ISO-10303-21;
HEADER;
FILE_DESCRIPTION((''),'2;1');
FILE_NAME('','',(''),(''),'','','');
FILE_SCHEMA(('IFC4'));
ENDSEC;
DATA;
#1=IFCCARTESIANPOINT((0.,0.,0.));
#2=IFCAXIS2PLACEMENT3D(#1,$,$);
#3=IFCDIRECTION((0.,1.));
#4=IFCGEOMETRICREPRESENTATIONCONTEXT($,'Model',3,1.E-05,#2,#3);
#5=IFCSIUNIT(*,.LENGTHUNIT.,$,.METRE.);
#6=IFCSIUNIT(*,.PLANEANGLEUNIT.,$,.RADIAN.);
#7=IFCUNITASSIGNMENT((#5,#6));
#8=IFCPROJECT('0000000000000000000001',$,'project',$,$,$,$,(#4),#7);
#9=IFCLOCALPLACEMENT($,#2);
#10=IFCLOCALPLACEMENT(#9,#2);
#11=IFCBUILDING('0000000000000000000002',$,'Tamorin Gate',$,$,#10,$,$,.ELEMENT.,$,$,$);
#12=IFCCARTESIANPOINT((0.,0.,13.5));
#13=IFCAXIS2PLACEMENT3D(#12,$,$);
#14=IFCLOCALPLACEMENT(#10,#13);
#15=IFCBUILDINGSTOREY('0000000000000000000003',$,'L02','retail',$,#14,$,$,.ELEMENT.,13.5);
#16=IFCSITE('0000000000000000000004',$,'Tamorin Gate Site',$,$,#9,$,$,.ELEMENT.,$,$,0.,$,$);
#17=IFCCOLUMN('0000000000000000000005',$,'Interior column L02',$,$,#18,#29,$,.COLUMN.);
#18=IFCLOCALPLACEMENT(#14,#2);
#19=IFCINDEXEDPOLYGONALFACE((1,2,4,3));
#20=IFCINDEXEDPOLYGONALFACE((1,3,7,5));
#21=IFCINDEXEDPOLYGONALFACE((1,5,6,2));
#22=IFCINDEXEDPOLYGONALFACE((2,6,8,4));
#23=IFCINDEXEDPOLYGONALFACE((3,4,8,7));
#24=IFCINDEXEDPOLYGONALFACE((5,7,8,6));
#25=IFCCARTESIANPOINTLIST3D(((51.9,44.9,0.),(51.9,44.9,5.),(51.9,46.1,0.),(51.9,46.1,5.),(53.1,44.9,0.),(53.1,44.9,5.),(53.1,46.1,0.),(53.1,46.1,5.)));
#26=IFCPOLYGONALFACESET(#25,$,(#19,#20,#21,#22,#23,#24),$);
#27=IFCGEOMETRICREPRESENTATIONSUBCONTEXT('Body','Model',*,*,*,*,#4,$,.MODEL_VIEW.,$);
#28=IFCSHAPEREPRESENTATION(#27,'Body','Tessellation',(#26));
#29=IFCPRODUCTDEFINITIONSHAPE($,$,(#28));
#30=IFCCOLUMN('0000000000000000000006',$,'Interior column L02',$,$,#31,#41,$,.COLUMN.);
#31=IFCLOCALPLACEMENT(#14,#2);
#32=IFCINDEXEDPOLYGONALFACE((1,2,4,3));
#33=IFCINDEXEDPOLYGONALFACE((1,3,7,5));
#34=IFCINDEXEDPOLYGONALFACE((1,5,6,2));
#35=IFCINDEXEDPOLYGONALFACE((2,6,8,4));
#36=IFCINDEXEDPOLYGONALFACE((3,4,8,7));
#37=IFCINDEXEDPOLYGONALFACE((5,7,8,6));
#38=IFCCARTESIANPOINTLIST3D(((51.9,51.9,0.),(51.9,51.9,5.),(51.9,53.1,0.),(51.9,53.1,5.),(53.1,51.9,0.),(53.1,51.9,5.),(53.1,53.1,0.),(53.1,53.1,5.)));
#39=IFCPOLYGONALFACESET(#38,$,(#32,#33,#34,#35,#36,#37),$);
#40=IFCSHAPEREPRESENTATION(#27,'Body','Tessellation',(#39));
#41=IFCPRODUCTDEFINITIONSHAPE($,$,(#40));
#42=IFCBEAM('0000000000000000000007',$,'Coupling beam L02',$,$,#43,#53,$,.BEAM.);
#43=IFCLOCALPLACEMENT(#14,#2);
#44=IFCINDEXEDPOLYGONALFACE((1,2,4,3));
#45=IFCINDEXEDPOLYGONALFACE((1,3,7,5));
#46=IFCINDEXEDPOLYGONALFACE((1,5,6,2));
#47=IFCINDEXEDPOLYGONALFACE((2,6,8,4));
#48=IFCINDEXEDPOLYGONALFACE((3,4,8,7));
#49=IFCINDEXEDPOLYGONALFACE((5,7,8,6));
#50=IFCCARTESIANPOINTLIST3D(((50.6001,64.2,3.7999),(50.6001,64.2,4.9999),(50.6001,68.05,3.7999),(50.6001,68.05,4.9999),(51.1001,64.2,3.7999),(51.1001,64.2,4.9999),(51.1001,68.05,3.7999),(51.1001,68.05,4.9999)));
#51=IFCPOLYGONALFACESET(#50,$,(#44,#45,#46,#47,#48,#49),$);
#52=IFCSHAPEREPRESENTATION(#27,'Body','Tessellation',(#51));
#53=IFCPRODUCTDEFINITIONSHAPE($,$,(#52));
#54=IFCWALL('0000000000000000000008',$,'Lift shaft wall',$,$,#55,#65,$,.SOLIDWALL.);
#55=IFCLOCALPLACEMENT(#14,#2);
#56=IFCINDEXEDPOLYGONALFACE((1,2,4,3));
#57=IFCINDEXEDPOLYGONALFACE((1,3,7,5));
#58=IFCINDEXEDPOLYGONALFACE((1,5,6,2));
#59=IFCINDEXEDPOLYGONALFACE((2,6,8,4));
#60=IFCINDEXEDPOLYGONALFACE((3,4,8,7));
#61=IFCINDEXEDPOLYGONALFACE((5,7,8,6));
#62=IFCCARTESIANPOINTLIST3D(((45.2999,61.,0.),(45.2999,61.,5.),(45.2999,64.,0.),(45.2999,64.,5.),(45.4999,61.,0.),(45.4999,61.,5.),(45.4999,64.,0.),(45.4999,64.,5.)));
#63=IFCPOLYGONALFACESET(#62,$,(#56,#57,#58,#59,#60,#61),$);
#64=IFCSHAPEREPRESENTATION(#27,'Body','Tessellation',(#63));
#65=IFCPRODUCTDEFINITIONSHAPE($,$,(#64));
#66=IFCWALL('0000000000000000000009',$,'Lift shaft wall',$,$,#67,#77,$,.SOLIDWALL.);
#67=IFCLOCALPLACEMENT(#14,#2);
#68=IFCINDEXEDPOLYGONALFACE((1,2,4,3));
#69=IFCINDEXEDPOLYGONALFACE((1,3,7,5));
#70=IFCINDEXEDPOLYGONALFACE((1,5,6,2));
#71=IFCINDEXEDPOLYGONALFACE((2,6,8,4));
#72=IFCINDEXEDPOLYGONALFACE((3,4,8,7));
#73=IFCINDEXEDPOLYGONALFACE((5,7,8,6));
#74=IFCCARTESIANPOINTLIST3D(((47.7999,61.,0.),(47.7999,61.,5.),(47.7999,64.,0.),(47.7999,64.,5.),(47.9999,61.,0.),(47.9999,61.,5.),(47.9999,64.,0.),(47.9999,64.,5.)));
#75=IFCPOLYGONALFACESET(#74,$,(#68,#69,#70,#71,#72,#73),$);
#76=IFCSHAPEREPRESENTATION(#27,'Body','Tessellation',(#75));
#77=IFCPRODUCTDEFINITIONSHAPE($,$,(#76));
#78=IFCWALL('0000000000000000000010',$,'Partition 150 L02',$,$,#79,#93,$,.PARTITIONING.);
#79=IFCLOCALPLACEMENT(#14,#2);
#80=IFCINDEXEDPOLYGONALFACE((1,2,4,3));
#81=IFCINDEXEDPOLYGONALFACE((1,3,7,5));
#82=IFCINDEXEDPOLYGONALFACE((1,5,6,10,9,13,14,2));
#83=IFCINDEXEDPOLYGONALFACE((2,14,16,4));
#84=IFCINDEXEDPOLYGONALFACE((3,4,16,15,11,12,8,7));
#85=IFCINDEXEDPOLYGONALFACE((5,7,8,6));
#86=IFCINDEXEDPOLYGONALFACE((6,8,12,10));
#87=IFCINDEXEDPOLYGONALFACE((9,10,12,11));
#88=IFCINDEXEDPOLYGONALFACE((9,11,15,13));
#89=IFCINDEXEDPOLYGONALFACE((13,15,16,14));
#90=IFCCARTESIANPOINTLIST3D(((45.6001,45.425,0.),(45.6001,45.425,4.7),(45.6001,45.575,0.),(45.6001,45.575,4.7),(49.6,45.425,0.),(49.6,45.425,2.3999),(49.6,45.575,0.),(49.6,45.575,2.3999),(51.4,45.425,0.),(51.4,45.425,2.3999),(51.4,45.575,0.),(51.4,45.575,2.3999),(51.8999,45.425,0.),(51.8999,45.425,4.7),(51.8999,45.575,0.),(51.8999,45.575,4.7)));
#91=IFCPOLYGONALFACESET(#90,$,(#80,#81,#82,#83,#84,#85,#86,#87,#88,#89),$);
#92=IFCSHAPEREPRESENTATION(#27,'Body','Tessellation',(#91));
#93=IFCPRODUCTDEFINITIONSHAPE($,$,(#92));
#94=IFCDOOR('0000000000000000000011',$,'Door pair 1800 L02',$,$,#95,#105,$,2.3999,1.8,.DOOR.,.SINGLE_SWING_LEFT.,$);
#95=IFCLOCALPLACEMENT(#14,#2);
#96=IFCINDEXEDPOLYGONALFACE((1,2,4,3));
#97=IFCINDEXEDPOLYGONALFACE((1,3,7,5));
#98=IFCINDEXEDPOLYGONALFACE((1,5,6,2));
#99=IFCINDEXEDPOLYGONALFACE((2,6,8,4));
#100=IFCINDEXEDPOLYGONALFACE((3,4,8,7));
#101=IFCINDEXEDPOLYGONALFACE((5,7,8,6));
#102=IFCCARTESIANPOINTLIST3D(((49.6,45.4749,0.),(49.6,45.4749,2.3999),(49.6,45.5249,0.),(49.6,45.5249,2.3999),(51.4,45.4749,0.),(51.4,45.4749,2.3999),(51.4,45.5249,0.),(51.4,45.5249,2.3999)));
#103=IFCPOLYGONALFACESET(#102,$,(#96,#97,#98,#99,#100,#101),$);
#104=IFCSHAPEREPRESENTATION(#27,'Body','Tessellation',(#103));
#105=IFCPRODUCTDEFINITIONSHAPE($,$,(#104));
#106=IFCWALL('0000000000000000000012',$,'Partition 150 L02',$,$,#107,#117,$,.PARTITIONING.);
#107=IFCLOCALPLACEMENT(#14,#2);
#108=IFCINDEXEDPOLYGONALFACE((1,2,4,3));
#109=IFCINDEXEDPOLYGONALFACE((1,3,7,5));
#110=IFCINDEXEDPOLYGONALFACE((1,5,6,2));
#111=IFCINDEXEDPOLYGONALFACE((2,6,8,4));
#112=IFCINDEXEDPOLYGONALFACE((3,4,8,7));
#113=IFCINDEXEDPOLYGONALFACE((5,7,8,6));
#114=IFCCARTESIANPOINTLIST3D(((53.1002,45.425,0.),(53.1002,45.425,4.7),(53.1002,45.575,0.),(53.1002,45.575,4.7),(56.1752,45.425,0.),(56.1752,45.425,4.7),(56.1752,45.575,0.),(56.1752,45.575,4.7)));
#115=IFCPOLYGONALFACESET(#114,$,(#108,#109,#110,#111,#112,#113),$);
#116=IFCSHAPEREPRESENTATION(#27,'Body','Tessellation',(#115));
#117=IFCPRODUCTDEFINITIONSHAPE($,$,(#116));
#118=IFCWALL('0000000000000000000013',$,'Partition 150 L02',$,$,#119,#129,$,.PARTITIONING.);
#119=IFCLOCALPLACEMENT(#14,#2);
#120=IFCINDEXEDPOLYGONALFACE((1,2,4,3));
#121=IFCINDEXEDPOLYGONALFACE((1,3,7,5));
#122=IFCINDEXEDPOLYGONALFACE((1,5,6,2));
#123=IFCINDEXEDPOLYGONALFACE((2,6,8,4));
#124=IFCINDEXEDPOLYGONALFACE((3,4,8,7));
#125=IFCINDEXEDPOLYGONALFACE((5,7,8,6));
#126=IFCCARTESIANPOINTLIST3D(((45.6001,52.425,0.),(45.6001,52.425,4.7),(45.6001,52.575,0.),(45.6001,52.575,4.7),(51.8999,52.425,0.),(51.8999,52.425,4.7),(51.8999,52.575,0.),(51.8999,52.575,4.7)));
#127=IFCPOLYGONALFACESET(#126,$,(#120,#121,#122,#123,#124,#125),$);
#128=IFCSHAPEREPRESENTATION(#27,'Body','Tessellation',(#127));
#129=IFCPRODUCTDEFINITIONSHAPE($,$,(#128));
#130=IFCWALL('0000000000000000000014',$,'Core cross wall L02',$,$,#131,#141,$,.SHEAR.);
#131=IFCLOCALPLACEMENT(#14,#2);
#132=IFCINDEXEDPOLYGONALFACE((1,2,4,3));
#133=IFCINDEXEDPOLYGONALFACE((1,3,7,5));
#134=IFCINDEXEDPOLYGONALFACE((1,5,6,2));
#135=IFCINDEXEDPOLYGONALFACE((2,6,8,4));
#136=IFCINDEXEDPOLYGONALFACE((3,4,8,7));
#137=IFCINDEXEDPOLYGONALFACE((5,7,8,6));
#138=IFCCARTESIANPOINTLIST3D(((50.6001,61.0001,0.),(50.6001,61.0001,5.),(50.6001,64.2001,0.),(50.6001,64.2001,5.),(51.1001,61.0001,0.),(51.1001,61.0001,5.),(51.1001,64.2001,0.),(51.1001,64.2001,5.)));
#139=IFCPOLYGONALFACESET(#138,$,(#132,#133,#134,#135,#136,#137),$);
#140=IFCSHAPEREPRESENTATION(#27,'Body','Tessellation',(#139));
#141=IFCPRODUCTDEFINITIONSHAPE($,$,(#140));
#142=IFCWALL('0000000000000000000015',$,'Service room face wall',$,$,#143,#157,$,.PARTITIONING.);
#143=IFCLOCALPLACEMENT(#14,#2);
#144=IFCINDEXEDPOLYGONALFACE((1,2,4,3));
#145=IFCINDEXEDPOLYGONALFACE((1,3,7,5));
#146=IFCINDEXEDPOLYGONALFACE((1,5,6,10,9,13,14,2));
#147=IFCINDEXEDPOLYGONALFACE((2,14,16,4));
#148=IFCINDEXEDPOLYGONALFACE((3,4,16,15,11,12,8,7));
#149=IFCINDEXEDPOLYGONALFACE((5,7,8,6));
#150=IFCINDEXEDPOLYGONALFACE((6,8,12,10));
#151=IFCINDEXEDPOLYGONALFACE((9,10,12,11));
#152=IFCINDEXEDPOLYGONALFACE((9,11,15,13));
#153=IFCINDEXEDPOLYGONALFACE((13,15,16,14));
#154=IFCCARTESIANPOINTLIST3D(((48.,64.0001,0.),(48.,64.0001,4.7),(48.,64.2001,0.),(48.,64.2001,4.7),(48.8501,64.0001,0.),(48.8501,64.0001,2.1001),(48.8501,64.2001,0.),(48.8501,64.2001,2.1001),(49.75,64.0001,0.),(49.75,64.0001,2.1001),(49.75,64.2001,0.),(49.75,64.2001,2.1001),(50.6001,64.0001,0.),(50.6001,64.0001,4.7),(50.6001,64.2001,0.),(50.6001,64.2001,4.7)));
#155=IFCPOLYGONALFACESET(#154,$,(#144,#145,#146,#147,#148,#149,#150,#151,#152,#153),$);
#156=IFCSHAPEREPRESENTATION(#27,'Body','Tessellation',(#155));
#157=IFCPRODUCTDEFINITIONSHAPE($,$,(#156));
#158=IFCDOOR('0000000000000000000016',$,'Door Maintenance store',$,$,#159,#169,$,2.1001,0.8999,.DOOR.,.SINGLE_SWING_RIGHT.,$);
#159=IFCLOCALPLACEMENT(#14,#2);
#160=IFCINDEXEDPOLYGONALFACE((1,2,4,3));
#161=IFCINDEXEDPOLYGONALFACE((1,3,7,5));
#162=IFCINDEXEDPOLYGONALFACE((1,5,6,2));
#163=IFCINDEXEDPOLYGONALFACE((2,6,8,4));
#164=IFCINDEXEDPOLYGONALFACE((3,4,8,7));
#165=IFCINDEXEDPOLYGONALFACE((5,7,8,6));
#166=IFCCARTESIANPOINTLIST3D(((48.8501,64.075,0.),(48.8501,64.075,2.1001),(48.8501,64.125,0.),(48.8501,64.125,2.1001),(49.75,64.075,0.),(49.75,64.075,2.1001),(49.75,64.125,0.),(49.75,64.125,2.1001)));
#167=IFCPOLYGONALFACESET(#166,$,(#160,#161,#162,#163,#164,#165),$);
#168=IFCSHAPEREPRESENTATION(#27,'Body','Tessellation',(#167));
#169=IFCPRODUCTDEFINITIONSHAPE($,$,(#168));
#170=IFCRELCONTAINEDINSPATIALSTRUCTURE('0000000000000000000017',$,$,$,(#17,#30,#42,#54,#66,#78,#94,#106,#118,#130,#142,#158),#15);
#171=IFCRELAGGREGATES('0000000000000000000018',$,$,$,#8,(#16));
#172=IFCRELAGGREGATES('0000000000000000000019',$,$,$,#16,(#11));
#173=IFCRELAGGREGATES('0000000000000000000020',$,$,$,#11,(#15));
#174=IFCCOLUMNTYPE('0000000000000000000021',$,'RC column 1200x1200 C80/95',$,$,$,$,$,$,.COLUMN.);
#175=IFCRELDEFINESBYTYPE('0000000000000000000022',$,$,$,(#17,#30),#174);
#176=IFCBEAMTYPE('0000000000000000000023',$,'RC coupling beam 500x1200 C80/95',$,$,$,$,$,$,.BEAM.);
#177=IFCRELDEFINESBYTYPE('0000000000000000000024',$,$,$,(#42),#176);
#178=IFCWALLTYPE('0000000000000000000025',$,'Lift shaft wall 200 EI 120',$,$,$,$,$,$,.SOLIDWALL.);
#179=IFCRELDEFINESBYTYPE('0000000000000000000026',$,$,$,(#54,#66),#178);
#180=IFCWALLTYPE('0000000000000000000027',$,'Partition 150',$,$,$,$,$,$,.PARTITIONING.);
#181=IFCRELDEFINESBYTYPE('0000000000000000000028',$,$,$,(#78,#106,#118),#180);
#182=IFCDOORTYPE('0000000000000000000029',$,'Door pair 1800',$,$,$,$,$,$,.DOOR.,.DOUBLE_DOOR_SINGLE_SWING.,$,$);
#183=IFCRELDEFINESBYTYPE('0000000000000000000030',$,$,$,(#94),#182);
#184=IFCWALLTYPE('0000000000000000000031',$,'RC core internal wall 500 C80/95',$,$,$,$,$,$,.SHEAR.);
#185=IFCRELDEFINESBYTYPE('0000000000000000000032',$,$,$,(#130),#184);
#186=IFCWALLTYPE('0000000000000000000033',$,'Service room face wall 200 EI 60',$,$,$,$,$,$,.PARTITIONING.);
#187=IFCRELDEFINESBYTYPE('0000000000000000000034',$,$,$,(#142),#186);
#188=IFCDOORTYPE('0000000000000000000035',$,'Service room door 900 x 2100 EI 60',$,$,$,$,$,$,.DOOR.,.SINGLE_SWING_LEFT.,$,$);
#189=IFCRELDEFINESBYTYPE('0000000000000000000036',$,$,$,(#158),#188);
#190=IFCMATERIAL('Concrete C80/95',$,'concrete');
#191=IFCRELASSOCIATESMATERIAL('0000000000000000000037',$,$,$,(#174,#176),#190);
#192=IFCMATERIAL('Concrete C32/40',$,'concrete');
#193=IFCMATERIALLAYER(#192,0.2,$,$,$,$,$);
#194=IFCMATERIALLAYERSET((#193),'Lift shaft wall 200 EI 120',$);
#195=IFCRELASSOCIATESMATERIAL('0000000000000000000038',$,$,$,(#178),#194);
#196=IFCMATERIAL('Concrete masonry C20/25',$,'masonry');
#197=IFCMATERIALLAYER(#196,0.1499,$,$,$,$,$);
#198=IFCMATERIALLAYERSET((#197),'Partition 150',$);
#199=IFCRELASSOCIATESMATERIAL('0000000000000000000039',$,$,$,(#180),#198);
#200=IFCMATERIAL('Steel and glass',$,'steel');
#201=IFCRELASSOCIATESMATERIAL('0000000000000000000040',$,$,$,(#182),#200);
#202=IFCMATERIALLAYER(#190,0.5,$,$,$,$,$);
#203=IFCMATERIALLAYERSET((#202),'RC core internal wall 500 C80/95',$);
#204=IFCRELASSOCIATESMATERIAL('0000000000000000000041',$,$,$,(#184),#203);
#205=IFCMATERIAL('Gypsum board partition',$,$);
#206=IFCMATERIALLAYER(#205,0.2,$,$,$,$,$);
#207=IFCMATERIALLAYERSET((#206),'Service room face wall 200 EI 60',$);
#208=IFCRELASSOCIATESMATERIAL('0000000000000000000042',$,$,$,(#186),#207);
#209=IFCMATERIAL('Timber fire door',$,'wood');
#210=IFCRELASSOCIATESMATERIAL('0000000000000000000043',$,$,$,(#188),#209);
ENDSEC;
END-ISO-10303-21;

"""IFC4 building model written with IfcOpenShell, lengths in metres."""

from ifc_helpers import new_model, si_unit, direction, frame, frame_2d, origin, origin_2d, place, context, subcontext, project, spatial, rectangle, extrude, material, layer, layer_set, material_profile, profile_set, type_object, element, fill, save


model = new_model("IFC4")

# Units and contexts
model_context = context("Model", 3, precision=1e-05, world=origin(), true_north=direction((0.0, 1.0)))
body_context = subcontext(model_context, "Body", "Model", "MODEL_VIEW")
ifc_project = project(units=[si_unit("LENGTHUNIT", "METRE"), si_unit("PLANEANGLEUNIT", "RADIAN")], contexts=[model_context])

# Site, building, storey
site_placement = place(None, origin())
site = spatial("IfcSite", under=ifc_project, at=site_placement, Name="Tamorin Gate Site", CompositionType="ELEMENT", RefElevation=0.0)
building_placement = place(site_placement, origin())
building = spatial("IfcBuilding", under=site, at=building_placement, Name="Tamorin Gate", CompositionType="ELEMENT")
storey_placement = place(building_placement, frame((0.0, 0.0, 13.5)))
storey = spatial("IfcBuildingStorey", under=building, at=storey_placement, Name="L02", Description="retail", CompositionType="ELEMENT", Elevation=13.5)

# Columns
ifc_material_1 = material(Name="Concrete C80/95", Category="concrete")
ifc_material_profile_1 = material_profile(ifc_material_1, rectangle(XDim=1.2, YDim=1.2, at=origin_2d()), Name="RC 1200x1200")
ifc_profile_set_1 = profile_set([ifc_material_profile_1], Name="Concrete C80/95")
column_type = type_object("IfcColumnType", Name="RC column 1200x1200 C80/95", PredefinedType="COLUMN", material=ifc_profile_set_1)
for number, where, z_axis, x_axis, name in (
    (1, (52.5, 45.5, 0.0), (0.0, 0.0, 1.0), (1.0, 0.0, 0.0), "Interior column L02"),
    (2, (52.5, 52.5, 0.0), (0.0, 0.0, 1.0), (1.0, 0.0, 0.0), "Interior column L02"),
):
    element("IfcColumn", number, at=place(storey_placement, frame(where, z_axis=z_axis, x_axis=x_axis)), inside=storey, type_object=column_type, Name=name, PredefinedType="COLUMN", context=body_context, shape_type="SweptSolid", body=[
        extrude(rectangle(XDim=1.2, YDim=1.2, at=origin_2d()), origin(), (0.0, 0.0, 1.0), 5.0),
    ])

# Beam
ifc_material_profile_2 = material_profile(ifc_material_1, rectangle(XDim=0.5, YDim=1.2, at=origin_2d()), Name="RC 500x1200")
ifc_profile_set_2 = profile_set([ifc_material_profile_2], Name="Concrete C80/95")
beam_type = type_object("IfcBeamType", Name="RC coupling beam 500x1200 C80/95", PredefinedType="BEAM", material=ifc_profile_set_2)
beam_placement = place(storey_placement, frame((50.8501, 64.2, 4.3999), z_axis=(0.0, 1.0, 0.0), x_axis=(-1.0, 0.0, 0.0)))
element("IfcBeam", 3, at=beam_placement, inside=storey, type_object=beam_type, Name="Coupling beam L02", PredefinedType="BEAM", context=body_context, shape_type="SweptSolid", body=[
    extrude(rectangle(XDim=0.5, YDim=1.2, at=origin_2d()), origin(), (0.0, 0.0, 1.0), 3.8501),
])

# Walls
ifc_material_2 = material(Name="Concrete C32/40", Category="concrete")
ifc_layer_1 = layer(ifc_material_2, 0.2)
ifc_layer_set_1 = layer_set([ifc_layer_1], Name="Lift shaft wall 200 EI 120")
wall_type_1 = type_object("IfcWallType", Name="Lift shaft wall 200 EI 120", PredefinedType="SOLIDWALL", material=ifc_layer_set_1)
for number, where, z_axis, x_axis, name in (
    (4, (45.3999, 61.0, 0.0), (0.0, 0.0, 1.0), (0.0, 1.0, 0.0), "Lift shaft wall"),
    (5, (47.8999, 61.0, 0.0), (0.0, 0.0, 1.0), (0.0, 1.0, 0.0), "Lift shaft wall"),
):
    element("IfcWall", number, at=place(storey_placement, frame(where, z_axis=z_axis, x_axis=x_axis)), inside=storey, type_object=wall_type_1, Name=name, PredefinedType="SOLIDWALL", context=body_context, shape_type="SweptSolid", body=[
        extrude(rectangle(XDim=3.0, YDim=0.2, at=frame_2d((1.5, 0.0))), origin(), (0.0, 0.0, 1.0), 5.0),
    ])

# Wall, opening, door
ifc_material_3 = material(Name="Concrete masonry C20/25", Category="masonry")
ifc_layer_2 = layer(ifc_material_3, 0.1499)
ifc_layer_set_2 = layer_set([ifc_layer_2], Name="Partition 150")
wall_type_2 = type_object("IfcWallType", Name="Partition 150", PredefinedType="PARTITIONING", material=ifc_layer_set_2)
wall_1_placement = place(storey_placement, frame((45.6001, 45.5, 0.0), z_axis=(0.0, 0.0, 1.0), x_axis=(1.0, 0.0, 0.0)))
wall_1 = element("IfcWall", 6, at=wall_1_placement, inside=storey, type_object=wall_type_2, Name="Partition 150 L02", PredefinedType="PARTITIONING", context=body_context, shape_type="SweptSolid", body=[
    extrude(rectangle(XDim=6.2998, YDim=0.1499, at=frame_2d((3.1499, 0.0))), origin(), (0.0, 0.0, 1.0), 4.7),
])
opening_1_placement = place(wall_1_placement, frame((4.0, 0.0, 0.0)))
opening_1 = element("IfcOpeningElement", 7, at=opening_1_placement, cuts=wall_1, PredefinedType="OPENING", context=body_context, shape_type="SweptSolid", body=[
    extrude(rectangle(XDim=1.8, YDim=2.3999, at=frame_2d((0.8999, 1.2))), frame((0.0, 0.085, 0.0), z_axis=(0.0, -1.0, 0.0), x_axis=(1.0, 0.0, 0.0)), (0.0, 0.0, 1.0), 0.1699),
])
ifc_material_4 = material(Name="Steel and glass", Category="steel")
door_type_1 = type_object("IfcDoorType", Name="Door pair 1800", OperationType="DOUBLE_DOOR_SINGLE_SWING", PredefinedType="DOOR", material=ifc_material_4)
door_1_placement = place(opening_1_placement, origin())
door_1 = element("IfcDoor", 8, at=door_1_placement, inside=storey, type_object=door_type_1, Name="Door pair 1800 L02", OperationType="SINGLE_SWING_LEFT", OverallHeight=2.3999, OverallWidth=1.8, PredefinedType="DOOR", context=body_context, shape_type="SweptSolid", body=[
    extrude(rectangle(XDim=1.8, YDim=2.3999, at=frame_2d((0.8999, 1.2))), frame((0.0, 0.0249, 0.0), z_axis=(0.0, -1.0, 0.0), x_axis=(1.0, 0.0, 0.0)), (0.0, 0.0, 1.0), 0.05),
])
fill(opening_1, door_1)

# Walls
wall_2_placement = place(storey_placement, frame((53.1001, 45.5, 0.0), z_axis=(0.0, 0.0, 1.0), x_axis=(1.0, 0.0, 0.0)))
element("IfcWall", 9, at=wall_2_placement, inside=storey, type_object=wall_type_2, Name="Partition 150 L02", PredefinedType="PARTITIONING", context=body_context, shape_type="SweptSolid", body=[
    extrude(rectangle(XDim=3.075, YDim=0.1499, at=frame_2d((1.5376, 0.0))), origin(), (0.0, 0.0, 1.0), 4.7),
])
wall_3_placement = place(storey_placement, frame((45.6001, 52.5, 0.0), z_axis=(0.0, 0.0, 1.0), x_axis=(1.0, 0.0, 0.0)))
element("IfcWall", 10, at=wall_3_placement, inside=storey, type_object=wall_type_2, Name="Partition 150 L02", PredefinedType="PARTITIONING", context=body_context, shape_type="SweptSolid", body=[
    extrude(rectangle(XDim=6.2998, YDim=0.1499, at=frame_2d((3.1499, 0.0))), origin(), (0.0, 0.0, 1.0), 4.7),
])
ifc_layer_3 = layer(ifc_material_1, 0.5)
ifc_layer_set_3 = layer_set([ifc_layer_3], Name="RC core internal wall 500 C80/95")
wall_type_3 = type_object("IfcWallType", Name="RC core internal wall 500 C80/95", PredefinedType="SHEAR", material=ifc_layer_set_3)
wall_4_placement = place(storey_placement, frame((50.8501, 61.0, 0.0), z_axis=(0.0, 0.0, 1.0), x_axis=(0.0, 1.0, 0.0)))
element("IfcWall", 11, at=wall_4_placement, inside=storey, type_object=wall_type_3, Name="Core cross wall L02", PredefinedType="SHEAR", context=body_context, shape_type="SweptSolid", body=[
    extrude(rectangle(XDim=3.2, YDim=0.5, at=frame_2d((1.6001, 0.0))), origin(), (0.0, 0.0, 1.0), 5.0),
])

# Wall, opening, door
ifc_material_5 = material(Name="Gypsum board partition")
ifc_layer_4 = layer(ifc_material_5, 0.2)
ifc_layer_set_4 = layer_set([ifc_layer_4], Name="Service room face wall 200 EI 60")
wall_type_4 = type_object("IfcWallType", Name="Service room face wall 200 EI 60", PredefinedType="PARTITIONING", material=ifc_layer_set_4)
wall_5_placement = place(storey_placement, frame((48.0, 64.1001, 0.0), z_axis=(0.0, 0.0, 1.0), x_axis=(1.0, 0.0, 0.0)))
wall_5 = element("IfcWall", 12, at=wall_5_placement, inside=storey, type_object=wall_type_4, Name="Service room face wall", PredefinedType="PARTITIONING", context=body_context, shape_type="SweptSolid", body=[
    extrude(rectangle(XDim=2.6001, YDim=0.2, at=frame_2d((1.3, 0.0))), origin(), (0.0, 0.0, 1.0), 4.7),
])
opening_2_placement = place(wall_5_placement, frame((0.8501, 0.0, 0.0)))
opening_2 = element("IfcOpeningElement", 13, at=opening_2_placement, cuts=wall_5, PredefinedType="OPENING", context=body_context, shape_type="SweptSolid", body=[
    extrude(rectangle(XDim=0.8999, YDim=2.1001, at=frame_2d((0.45, 1.05))), frame((0.0, 0.1099, 0.0), z_axis=(0.0, -1.0, 0.0), x_axis=(1.0, 0.0, 0.0)), (0.0, 0.0, 1.0), 0.22),
])
ifc_material_6 = material(Name="Timber fire door", Category="wood")
door_type_2 = type_object("IfcDoorType", Name="Service room door 900 x 2100 EI 60", OperationType="SINGLE_SWING_LEFT", PredefinedType="DOOR", material=ifc_material_6)
door_2_placement = place(opening_2_placement, origin())
door_2 = element("IfcDoor", 14, at=door_2_placement, inside=storey, type_object=door_type_2, Name="Door Maintenance store", OperationType="SINGLE_SWING_RIGHT", OverallHeight=2.1001, OverallWidth=0.8999, PredefinedType="DOOR", context=body_context, shape_type="SweptSolid", body=[
    extrude(rectangle(XDim=0.8999, YDim=2.1001, at=frame_2d((0.45, 1.05))), frame((0.0, 0.0249, 0.0), z_axis=(0.0, -1.0, 0.0), x_axis=(1.0, 0.0, 0.0)), (0.0, 0.0, 1.0), 0.05),
])
fill(opening_2, door_2)

save(model, "model.ifc")
